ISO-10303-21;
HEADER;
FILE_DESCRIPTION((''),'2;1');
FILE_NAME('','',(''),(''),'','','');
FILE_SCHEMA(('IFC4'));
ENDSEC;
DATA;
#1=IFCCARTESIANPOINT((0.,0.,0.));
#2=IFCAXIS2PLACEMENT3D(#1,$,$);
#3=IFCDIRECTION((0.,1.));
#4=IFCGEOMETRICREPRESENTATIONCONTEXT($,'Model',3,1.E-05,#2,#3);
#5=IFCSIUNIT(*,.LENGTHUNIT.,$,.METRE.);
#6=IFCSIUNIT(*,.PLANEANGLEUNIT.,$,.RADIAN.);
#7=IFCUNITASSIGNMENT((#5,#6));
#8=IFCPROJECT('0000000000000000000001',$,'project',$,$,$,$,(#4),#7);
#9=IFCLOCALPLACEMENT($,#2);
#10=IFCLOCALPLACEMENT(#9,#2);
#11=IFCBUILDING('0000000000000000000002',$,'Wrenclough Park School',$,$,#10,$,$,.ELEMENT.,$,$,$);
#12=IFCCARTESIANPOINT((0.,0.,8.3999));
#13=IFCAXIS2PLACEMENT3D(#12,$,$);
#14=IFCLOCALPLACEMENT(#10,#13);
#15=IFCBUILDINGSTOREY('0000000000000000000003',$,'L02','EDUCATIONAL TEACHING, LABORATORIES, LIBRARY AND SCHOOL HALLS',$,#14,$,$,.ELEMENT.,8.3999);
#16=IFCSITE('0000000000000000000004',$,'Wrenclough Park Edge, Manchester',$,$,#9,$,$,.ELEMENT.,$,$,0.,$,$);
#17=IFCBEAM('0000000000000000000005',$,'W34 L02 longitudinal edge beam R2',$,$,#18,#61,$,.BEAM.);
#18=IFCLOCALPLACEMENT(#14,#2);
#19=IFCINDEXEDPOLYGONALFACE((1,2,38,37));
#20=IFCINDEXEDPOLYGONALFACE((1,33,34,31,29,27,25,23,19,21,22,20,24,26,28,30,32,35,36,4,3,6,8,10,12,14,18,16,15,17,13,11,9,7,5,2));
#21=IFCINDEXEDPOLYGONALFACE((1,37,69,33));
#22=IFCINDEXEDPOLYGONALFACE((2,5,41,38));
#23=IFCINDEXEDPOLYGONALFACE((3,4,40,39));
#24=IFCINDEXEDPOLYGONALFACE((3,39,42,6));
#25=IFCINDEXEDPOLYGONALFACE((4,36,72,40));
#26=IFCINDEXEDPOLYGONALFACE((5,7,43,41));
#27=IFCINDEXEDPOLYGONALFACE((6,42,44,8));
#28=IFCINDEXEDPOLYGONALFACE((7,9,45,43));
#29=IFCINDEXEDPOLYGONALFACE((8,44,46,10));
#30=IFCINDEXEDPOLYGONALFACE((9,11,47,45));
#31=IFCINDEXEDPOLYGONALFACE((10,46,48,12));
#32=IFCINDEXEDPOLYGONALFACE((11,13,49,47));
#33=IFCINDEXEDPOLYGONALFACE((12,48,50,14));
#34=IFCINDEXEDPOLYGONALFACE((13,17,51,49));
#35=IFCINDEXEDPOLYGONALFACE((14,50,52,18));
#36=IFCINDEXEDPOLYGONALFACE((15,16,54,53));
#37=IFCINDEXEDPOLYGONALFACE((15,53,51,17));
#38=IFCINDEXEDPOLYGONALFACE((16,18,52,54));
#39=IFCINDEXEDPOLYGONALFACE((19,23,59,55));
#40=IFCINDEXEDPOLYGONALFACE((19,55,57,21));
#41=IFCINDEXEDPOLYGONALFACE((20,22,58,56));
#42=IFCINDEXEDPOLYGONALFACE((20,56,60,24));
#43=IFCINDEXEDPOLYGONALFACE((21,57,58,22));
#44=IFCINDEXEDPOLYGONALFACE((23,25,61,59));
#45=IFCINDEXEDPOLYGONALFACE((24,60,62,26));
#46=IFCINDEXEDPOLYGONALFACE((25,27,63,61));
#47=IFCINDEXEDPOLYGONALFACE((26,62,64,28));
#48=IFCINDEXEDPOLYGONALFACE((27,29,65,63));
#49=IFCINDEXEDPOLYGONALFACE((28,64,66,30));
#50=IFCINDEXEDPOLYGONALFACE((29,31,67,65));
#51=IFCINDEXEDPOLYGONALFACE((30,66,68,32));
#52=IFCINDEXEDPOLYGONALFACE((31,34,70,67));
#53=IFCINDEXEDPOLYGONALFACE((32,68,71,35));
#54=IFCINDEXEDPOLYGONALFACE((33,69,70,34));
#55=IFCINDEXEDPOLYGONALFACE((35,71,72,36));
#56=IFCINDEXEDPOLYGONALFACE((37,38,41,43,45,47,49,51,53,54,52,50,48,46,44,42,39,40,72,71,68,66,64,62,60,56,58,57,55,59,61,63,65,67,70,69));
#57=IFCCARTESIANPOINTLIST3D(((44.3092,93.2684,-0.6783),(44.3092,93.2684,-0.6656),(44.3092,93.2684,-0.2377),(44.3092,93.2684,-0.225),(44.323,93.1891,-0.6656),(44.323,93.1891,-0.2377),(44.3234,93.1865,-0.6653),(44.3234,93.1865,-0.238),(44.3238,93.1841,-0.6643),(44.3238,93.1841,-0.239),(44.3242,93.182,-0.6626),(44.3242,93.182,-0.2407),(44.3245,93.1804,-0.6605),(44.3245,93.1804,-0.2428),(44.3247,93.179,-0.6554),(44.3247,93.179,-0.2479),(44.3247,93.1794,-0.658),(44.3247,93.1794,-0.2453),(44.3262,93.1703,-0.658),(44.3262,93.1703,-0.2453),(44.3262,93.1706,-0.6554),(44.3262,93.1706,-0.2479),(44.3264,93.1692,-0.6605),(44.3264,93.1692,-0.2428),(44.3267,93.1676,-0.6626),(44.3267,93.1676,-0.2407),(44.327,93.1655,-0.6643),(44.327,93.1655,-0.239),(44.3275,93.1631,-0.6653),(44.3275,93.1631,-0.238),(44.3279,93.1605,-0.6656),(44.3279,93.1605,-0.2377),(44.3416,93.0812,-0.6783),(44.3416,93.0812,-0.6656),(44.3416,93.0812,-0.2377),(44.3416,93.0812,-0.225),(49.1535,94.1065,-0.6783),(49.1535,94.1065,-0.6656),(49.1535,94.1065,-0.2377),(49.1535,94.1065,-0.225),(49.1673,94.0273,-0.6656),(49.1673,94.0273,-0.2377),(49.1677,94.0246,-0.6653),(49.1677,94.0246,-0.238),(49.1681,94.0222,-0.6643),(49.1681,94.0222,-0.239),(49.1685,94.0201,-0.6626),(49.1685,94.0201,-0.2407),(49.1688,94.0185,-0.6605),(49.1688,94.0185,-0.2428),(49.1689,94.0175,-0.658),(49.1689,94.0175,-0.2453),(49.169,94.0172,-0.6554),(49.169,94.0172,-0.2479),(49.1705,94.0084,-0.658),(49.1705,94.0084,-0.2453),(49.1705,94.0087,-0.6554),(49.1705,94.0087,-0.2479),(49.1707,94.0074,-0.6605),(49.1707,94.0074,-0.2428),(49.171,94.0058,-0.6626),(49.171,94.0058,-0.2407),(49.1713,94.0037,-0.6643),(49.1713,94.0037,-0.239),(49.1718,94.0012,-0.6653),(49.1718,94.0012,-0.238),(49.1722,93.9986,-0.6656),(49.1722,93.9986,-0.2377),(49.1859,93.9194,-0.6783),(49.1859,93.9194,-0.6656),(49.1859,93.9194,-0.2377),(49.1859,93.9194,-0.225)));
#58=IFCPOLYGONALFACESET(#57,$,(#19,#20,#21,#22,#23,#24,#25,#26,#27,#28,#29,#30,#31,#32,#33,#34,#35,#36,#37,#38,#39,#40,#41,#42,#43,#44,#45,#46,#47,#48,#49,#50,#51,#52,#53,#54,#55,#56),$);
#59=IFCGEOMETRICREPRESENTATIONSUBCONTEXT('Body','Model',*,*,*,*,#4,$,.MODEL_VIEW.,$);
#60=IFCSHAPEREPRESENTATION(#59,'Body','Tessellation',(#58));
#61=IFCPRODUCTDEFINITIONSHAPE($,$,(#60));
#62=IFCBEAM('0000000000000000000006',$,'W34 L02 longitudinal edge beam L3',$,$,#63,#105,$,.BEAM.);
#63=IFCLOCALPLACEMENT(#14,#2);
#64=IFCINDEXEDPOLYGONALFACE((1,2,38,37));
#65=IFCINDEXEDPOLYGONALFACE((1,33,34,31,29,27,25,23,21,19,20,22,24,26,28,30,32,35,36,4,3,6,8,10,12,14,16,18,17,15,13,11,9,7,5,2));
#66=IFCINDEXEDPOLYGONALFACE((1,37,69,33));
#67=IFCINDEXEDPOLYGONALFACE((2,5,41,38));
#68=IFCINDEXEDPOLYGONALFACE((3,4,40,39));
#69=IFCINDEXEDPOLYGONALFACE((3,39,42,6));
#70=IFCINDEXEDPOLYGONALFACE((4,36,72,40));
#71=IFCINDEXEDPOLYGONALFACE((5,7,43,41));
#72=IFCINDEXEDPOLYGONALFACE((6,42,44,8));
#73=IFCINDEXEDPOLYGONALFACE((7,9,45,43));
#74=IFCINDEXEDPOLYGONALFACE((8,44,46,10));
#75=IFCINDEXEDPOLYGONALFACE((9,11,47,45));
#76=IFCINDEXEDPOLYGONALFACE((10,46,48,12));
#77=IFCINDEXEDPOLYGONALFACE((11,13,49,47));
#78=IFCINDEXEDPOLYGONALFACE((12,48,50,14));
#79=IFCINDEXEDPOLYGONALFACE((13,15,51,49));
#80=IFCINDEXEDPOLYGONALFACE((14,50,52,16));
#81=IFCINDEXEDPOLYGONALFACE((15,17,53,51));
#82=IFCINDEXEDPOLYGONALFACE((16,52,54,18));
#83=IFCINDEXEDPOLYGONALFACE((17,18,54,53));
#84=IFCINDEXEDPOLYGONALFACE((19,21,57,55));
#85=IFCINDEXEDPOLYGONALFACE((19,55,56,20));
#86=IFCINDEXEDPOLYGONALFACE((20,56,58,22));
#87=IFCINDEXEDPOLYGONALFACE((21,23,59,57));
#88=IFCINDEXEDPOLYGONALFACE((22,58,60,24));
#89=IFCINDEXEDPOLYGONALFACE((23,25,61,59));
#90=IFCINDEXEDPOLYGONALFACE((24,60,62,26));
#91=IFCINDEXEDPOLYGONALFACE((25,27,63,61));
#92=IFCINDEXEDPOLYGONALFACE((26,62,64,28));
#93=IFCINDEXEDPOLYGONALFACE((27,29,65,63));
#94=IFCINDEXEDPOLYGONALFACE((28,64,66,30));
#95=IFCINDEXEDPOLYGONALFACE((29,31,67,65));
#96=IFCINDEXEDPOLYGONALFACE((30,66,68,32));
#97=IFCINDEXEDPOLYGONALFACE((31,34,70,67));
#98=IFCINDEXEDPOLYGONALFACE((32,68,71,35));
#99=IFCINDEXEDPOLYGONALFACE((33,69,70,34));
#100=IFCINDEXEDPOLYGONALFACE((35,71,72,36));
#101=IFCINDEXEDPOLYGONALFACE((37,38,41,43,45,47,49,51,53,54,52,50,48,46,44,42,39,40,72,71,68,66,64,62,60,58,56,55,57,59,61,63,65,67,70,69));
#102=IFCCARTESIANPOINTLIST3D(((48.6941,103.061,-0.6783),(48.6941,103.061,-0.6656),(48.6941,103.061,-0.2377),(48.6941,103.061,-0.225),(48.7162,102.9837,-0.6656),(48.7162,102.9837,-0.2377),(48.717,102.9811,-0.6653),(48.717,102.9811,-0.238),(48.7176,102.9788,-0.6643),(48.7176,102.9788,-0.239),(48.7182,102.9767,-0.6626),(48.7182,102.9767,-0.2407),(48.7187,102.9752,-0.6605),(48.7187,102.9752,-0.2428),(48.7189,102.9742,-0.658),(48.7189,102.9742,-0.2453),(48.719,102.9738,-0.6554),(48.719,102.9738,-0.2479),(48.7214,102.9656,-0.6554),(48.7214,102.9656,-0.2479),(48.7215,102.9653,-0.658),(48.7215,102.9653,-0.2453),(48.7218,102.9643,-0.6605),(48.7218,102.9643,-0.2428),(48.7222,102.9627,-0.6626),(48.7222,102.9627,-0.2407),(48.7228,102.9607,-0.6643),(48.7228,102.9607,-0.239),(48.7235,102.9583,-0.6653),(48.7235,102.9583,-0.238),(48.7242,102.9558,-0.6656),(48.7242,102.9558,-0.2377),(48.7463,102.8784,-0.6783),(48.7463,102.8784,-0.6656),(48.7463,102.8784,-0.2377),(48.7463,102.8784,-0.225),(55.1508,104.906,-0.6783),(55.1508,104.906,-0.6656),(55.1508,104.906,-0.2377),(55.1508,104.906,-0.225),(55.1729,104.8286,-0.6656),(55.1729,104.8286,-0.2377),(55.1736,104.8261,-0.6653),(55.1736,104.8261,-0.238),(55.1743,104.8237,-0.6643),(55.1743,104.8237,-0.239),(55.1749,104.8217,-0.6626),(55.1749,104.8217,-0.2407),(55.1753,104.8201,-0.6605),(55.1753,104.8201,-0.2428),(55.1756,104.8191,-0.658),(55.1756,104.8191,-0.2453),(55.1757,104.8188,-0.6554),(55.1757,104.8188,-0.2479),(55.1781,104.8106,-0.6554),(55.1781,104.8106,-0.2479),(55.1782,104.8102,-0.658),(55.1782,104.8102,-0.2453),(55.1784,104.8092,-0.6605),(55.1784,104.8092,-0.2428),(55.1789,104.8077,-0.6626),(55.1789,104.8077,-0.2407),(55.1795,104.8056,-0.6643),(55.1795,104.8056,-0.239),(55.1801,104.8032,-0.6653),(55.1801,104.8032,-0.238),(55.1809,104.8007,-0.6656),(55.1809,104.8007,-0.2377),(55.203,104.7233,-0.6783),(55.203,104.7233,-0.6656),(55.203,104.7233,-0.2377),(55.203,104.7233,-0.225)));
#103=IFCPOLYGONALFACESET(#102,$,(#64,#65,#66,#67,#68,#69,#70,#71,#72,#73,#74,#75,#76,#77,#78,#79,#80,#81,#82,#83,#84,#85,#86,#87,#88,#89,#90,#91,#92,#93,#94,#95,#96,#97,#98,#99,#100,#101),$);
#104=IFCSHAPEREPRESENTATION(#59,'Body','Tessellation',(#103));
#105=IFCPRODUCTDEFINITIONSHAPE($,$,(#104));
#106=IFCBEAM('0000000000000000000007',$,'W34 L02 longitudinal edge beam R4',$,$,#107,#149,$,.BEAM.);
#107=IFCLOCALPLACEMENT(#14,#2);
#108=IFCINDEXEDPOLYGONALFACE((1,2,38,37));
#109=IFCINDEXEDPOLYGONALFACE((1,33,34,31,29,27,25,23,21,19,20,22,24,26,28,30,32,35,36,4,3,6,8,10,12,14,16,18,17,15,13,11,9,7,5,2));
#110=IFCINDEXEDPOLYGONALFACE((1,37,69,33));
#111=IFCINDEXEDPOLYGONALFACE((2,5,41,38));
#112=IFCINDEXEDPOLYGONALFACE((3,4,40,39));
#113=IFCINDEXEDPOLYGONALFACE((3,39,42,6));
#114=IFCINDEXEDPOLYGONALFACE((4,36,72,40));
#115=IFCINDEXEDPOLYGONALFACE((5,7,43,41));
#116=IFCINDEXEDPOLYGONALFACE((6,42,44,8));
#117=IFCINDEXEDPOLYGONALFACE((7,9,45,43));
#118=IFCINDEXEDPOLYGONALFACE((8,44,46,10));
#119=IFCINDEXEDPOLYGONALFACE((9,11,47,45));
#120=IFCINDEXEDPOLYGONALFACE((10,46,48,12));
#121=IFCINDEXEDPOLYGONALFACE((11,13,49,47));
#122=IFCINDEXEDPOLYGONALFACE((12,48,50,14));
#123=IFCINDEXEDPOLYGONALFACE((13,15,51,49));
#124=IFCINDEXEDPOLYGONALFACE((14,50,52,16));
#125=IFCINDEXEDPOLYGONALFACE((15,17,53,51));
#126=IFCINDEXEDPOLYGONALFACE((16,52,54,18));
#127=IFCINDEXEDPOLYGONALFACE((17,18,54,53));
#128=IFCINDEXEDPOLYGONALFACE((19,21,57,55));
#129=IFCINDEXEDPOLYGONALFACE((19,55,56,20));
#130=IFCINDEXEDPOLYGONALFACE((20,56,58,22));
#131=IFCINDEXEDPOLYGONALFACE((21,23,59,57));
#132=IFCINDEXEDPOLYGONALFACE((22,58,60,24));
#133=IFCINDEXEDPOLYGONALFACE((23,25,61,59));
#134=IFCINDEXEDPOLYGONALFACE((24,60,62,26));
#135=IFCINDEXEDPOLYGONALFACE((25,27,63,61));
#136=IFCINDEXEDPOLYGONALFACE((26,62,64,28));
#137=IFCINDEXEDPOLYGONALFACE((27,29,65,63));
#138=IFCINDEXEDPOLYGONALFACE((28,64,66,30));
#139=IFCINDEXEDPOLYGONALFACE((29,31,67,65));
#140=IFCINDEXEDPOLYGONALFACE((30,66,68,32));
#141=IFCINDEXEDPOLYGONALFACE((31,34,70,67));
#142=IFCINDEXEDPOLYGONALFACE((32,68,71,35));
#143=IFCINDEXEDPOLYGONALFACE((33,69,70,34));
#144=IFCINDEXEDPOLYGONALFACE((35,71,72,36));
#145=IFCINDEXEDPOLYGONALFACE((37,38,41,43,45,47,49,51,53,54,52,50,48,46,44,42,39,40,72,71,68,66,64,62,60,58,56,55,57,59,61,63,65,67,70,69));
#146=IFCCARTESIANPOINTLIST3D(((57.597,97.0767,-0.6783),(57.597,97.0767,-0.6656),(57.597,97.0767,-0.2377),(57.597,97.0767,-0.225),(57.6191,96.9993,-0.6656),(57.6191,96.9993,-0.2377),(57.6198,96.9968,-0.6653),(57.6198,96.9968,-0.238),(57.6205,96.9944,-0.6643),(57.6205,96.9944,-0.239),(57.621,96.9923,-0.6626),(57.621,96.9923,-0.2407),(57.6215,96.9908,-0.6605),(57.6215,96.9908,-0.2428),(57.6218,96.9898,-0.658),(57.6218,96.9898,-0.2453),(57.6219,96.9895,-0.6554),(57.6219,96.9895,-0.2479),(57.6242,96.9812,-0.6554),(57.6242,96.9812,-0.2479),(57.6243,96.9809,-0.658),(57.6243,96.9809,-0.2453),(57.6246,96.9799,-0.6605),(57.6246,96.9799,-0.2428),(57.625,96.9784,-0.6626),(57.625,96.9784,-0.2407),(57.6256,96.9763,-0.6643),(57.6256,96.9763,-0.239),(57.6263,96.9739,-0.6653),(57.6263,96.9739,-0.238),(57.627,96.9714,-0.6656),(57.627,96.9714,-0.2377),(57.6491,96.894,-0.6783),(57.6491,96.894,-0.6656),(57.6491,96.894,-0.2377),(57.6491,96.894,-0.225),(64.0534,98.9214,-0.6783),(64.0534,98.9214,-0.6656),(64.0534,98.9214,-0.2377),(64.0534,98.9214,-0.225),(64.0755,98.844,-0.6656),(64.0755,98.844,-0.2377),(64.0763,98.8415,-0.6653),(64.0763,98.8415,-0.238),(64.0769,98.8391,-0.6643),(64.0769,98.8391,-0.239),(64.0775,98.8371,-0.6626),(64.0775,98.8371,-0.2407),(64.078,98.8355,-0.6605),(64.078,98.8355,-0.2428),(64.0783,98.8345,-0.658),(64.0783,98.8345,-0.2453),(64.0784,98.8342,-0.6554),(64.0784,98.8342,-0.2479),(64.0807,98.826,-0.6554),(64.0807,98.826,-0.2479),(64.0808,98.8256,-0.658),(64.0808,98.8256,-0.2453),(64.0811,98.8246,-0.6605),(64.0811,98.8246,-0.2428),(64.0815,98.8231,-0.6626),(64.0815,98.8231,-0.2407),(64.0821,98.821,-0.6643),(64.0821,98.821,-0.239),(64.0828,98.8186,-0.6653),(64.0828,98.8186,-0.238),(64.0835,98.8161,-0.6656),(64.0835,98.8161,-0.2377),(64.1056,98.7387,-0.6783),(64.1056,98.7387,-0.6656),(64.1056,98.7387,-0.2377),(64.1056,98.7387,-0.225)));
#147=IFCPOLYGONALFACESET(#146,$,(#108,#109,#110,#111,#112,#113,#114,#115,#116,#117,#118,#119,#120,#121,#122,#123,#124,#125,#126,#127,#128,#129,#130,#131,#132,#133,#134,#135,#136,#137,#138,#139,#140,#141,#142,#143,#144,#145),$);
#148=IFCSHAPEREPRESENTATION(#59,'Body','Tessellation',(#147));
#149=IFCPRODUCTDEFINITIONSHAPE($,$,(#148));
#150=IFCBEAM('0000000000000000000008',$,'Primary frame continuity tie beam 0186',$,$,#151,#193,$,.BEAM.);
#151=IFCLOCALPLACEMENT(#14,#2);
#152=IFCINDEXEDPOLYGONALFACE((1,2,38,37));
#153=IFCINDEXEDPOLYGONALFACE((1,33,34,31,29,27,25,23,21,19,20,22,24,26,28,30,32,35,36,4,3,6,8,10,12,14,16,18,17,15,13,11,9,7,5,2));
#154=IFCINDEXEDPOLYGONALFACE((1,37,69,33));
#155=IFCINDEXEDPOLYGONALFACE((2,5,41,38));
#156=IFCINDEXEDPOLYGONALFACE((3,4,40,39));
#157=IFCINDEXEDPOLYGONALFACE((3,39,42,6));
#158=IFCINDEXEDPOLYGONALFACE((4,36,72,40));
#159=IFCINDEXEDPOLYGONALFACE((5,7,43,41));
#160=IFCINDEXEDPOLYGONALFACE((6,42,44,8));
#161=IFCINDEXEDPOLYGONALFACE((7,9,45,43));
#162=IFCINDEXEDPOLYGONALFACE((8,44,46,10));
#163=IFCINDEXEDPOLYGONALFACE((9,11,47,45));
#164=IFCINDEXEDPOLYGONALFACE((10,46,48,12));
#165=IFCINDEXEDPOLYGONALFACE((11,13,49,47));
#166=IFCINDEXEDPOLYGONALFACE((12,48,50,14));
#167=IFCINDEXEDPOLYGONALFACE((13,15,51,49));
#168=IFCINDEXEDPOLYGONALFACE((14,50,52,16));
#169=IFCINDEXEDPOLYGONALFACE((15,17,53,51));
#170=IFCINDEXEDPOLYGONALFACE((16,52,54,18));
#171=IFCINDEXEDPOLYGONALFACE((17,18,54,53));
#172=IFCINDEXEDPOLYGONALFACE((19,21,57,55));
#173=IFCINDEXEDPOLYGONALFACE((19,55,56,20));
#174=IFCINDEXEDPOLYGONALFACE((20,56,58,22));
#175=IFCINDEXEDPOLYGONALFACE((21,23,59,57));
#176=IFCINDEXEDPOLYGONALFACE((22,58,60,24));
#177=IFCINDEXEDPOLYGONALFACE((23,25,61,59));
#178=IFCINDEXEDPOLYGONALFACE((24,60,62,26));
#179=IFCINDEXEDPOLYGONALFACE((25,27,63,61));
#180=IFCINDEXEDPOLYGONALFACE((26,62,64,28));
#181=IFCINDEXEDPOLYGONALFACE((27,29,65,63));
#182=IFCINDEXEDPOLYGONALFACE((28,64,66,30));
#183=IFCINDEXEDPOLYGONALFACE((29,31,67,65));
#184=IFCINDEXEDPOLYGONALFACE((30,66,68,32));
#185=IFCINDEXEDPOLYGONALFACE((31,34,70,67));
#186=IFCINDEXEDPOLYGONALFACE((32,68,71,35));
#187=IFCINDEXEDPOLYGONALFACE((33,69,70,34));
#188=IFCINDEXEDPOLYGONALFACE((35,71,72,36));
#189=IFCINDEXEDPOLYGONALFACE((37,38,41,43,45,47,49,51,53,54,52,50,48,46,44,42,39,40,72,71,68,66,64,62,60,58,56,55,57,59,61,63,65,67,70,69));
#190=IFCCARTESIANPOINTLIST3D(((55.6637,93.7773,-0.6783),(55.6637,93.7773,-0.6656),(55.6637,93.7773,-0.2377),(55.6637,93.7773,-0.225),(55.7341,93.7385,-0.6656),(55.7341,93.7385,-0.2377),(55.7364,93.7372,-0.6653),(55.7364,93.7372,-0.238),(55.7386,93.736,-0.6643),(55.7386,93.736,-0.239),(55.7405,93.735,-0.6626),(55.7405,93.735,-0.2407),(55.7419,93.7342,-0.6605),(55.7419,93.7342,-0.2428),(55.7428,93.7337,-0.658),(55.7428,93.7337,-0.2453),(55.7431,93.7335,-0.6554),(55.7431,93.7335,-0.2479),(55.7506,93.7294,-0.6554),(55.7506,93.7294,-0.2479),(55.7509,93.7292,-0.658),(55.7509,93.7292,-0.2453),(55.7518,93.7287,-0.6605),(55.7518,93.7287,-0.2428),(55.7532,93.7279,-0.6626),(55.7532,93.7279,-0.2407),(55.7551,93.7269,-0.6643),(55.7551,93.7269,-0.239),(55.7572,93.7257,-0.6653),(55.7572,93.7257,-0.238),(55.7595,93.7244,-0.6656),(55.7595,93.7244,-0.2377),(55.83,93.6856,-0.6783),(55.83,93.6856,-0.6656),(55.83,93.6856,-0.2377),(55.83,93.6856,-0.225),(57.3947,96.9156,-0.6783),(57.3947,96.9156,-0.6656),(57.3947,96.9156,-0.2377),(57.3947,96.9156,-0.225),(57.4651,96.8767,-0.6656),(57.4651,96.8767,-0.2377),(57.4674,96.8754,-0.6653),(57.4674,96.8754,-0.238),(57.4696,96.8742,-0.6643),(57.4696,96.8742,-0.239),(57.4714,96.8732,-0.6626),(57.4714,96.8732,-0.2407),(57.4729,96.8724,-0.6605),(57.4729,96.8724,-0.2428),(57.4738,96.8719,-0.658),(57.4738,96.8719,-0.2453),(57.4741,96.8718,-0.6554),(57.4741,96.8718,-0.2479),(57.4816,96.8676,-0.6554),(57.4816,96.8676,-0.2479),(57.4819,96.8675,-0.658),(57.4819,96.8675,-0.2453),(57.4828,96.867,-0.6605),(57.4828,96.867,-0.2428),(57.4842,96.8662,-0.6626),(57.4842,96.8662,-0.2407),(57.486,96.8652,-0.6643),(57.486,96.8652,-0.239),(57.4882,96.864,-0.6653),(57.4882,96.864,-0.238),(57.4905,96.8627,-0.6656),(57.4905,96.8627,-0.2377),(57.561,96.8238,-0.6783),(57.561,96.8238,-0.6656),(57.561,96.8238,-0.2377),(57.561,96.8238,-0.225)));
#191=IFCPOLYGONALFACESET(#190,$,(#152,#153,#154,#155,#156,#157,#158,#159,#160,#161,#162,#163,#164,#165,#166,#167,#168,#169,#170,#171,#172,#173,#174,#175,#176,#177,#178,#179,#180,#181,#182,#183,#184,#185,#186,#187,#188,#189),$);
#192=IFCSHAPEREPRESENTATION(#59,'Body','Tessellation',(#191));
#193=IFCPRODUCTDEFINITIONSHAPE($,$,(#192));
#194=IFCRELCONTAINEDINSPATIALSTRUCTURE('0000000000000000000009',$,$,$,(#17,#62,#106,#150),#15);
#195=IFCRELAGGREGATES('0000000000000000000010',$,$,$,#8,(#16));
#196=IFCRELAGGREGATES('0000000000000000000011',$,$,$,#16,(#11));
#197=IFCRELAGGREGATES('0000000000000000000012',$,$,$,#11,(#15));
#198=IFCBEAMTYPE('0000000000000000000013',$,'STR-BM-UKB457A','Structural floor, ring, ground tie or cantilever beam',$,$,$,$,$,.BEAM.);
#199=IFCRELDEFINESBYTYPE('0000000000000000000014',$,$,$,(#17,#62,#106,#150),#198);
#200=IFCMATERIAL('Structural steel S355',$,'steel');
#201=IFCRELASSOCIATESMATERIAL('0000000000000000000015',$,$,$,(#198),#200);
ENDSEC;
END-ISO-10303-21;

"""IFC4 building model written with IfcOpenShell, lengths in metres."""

from ifc_helpers import new_model, si_unit, direction, frame, origin, origin_2d, place, context, subcontext, project, spatial, i_section, extrude, material, material_profile, profile_set, type_object, element, save


model = new_model("IFC4")

# Units and contexts
model_context = context("Model", 3, precision=1e-05, world=origin(), true_north=direction((0.0, 1.0)))
body_context = subcontext(model_context, "Body", "Model", "MODEL_VIEW")
ifc_project = project(units=[si_unit("LENGTHUNIT", "METRE"), si_unit("PLANEANGLEUNIT", "RADIAN")], contexts=[model_context])

# Site, building, storey
site_placement = place(None, origin())
site = spatial("IfcSite", under=ifc_project, at=site_placement, Name="Wrenclough Park Edge, Manchester", CompositionType="ELEMENT", RefElevation=0.0)
building_placement = place(site_placement, origin())
building = spatial("IfcBuilding", under=site, at=building_placement, Name="Wrenclough Park School", CompositionType="ELEMENT")
storey_placement = place(building_placement, frame((0.0, 0.0, 8.3999)))
storey = spatial("IfcBuildingStorey", under=building, at=storey_placement, Name="L02", Description="EDUCATIONAL TEACHING, LABORATORIES, LIBRARY AND SCHOOL HALLS", CompositionType="ELEMENT", Elevation=8.3999)

# Shared definitions
ifc_material_1 = material(Name="Structural steel S355", Category="steel")

# Beams
ifc_material_profile_1 = material_profile(ifc_material_1, i_section(OverallWidth=0.1899, OverallDepth=0.4534, WebThickness=0.0085, FlangeThickness=0.0127, FilletRadius=0.0103, at=origin_2d()), Name="UKB 457x191x67")
ifc_profile_set_1 = profile_set([ifc_material_profile_1], Name="Structural steel S355")
beam_type_1 = type_object("IfcBeamType", Name="STR-BM-UKB457A", Description="Structural floor, ring, ground tie or cantilever beam", PredefinedType="BEAM", material=ifc_profile_set_1)
beam_1_placement = place(storey_placement, frame((44.3254, 93.1748, -0.4517), z_axis=(0.98536, 0.170484, 0.0), x_axis=(-0.170484, 0.98536, 0.0)))
element("IfcBeam", 1, at=beam_1_placement, inside=storey, type_object=beam_type_1, Name="W34 L02 longitudinal edge beam R2", PredefinedType="BEAM", context=body_context, shape_type="SweptSolid", body=[
    extrude(i_section(OverallWidth=0.1899, OverallDepth=0.4534, WebThickness=0.0085, FlangeThickness=0.0127, FilletRadius=0.0103, at=origin_2d()), origin(), (0.0, 0.0, 1.0), 4.9163),
])
beam_2_placement = place(storey_placement, frame((48.7202, 102.9697, -0.4517), z_axis=(0.961517, 0.274745, 0.0), x_axis=(-0.274745, 0.961517, 0.0)))
element("IfcBeam", 2, at=beam_2_placement, inside=storey, type_object=beam_type_1, Name="W34 L02 longitudinal edge beam L3", PredefinedType="BEAM", context=body_context, shape_type="SweptSolid", body=[
    extrude(i_section(OverallWidth=0.1899, OverallDepth=0.4534, WebThickness=0.0085, FlangeThickness=0.0127, FilletRadius=0.0103, at=origin_2d()), origin(), (0.0, 0.0, 1.0), 6.7151),
])
beam_3_placement = place(storey_placement, frame((57.623, 96.9854, -0.4517), z_axis=(0.961524, 0.274721, 0.0), x_axis=(-0.274721, 0.961524, 0.0)))
element("IfcBeam", 3, at=beam_3_placement, inside=storey, type_object=beam_type_1, Name="W34 L02 longitudinal edge beam R4", PredefinedType="BEAM", context=body_context, shape_type="SweptSolid", body=[
    extrude(i_section(OverallWidth=0.1899, OverallDepth=0.4534, WebThickness=0.0085, FlangeThickness=0.0127, FilletRadius=0.0103, at=origin_2d()), origin(), (0.0, 0.0, 1.0), 6.7148),
])
beam_4_placement = place(storey_placement, frame((55.7468, 93.7314, -0.4517), z_axis=(0.48298, 0.875631, 0.0), x_axis=(-0.875631, 0.48298, 0.0)))
element("IfcBeam", 4, at=beam_4_placement, inside=storey, type_object=beam_type_1, Name="Primary frame continuity tie beam 0186", PredefinedType="BEAM", context=body_context, shape_type="SweptSolid", body=[
    extrude(i_section(OverallWidth=0.1899, OverallDepth=0.4534, WebThickness=0.0085, FlangeThickness=0.0127, FilletRadius=0.0103, at=origin_2d()), origin(), (0.0, 0.0, 1.0), 3.584),
])

save(model, "model.ifc")
